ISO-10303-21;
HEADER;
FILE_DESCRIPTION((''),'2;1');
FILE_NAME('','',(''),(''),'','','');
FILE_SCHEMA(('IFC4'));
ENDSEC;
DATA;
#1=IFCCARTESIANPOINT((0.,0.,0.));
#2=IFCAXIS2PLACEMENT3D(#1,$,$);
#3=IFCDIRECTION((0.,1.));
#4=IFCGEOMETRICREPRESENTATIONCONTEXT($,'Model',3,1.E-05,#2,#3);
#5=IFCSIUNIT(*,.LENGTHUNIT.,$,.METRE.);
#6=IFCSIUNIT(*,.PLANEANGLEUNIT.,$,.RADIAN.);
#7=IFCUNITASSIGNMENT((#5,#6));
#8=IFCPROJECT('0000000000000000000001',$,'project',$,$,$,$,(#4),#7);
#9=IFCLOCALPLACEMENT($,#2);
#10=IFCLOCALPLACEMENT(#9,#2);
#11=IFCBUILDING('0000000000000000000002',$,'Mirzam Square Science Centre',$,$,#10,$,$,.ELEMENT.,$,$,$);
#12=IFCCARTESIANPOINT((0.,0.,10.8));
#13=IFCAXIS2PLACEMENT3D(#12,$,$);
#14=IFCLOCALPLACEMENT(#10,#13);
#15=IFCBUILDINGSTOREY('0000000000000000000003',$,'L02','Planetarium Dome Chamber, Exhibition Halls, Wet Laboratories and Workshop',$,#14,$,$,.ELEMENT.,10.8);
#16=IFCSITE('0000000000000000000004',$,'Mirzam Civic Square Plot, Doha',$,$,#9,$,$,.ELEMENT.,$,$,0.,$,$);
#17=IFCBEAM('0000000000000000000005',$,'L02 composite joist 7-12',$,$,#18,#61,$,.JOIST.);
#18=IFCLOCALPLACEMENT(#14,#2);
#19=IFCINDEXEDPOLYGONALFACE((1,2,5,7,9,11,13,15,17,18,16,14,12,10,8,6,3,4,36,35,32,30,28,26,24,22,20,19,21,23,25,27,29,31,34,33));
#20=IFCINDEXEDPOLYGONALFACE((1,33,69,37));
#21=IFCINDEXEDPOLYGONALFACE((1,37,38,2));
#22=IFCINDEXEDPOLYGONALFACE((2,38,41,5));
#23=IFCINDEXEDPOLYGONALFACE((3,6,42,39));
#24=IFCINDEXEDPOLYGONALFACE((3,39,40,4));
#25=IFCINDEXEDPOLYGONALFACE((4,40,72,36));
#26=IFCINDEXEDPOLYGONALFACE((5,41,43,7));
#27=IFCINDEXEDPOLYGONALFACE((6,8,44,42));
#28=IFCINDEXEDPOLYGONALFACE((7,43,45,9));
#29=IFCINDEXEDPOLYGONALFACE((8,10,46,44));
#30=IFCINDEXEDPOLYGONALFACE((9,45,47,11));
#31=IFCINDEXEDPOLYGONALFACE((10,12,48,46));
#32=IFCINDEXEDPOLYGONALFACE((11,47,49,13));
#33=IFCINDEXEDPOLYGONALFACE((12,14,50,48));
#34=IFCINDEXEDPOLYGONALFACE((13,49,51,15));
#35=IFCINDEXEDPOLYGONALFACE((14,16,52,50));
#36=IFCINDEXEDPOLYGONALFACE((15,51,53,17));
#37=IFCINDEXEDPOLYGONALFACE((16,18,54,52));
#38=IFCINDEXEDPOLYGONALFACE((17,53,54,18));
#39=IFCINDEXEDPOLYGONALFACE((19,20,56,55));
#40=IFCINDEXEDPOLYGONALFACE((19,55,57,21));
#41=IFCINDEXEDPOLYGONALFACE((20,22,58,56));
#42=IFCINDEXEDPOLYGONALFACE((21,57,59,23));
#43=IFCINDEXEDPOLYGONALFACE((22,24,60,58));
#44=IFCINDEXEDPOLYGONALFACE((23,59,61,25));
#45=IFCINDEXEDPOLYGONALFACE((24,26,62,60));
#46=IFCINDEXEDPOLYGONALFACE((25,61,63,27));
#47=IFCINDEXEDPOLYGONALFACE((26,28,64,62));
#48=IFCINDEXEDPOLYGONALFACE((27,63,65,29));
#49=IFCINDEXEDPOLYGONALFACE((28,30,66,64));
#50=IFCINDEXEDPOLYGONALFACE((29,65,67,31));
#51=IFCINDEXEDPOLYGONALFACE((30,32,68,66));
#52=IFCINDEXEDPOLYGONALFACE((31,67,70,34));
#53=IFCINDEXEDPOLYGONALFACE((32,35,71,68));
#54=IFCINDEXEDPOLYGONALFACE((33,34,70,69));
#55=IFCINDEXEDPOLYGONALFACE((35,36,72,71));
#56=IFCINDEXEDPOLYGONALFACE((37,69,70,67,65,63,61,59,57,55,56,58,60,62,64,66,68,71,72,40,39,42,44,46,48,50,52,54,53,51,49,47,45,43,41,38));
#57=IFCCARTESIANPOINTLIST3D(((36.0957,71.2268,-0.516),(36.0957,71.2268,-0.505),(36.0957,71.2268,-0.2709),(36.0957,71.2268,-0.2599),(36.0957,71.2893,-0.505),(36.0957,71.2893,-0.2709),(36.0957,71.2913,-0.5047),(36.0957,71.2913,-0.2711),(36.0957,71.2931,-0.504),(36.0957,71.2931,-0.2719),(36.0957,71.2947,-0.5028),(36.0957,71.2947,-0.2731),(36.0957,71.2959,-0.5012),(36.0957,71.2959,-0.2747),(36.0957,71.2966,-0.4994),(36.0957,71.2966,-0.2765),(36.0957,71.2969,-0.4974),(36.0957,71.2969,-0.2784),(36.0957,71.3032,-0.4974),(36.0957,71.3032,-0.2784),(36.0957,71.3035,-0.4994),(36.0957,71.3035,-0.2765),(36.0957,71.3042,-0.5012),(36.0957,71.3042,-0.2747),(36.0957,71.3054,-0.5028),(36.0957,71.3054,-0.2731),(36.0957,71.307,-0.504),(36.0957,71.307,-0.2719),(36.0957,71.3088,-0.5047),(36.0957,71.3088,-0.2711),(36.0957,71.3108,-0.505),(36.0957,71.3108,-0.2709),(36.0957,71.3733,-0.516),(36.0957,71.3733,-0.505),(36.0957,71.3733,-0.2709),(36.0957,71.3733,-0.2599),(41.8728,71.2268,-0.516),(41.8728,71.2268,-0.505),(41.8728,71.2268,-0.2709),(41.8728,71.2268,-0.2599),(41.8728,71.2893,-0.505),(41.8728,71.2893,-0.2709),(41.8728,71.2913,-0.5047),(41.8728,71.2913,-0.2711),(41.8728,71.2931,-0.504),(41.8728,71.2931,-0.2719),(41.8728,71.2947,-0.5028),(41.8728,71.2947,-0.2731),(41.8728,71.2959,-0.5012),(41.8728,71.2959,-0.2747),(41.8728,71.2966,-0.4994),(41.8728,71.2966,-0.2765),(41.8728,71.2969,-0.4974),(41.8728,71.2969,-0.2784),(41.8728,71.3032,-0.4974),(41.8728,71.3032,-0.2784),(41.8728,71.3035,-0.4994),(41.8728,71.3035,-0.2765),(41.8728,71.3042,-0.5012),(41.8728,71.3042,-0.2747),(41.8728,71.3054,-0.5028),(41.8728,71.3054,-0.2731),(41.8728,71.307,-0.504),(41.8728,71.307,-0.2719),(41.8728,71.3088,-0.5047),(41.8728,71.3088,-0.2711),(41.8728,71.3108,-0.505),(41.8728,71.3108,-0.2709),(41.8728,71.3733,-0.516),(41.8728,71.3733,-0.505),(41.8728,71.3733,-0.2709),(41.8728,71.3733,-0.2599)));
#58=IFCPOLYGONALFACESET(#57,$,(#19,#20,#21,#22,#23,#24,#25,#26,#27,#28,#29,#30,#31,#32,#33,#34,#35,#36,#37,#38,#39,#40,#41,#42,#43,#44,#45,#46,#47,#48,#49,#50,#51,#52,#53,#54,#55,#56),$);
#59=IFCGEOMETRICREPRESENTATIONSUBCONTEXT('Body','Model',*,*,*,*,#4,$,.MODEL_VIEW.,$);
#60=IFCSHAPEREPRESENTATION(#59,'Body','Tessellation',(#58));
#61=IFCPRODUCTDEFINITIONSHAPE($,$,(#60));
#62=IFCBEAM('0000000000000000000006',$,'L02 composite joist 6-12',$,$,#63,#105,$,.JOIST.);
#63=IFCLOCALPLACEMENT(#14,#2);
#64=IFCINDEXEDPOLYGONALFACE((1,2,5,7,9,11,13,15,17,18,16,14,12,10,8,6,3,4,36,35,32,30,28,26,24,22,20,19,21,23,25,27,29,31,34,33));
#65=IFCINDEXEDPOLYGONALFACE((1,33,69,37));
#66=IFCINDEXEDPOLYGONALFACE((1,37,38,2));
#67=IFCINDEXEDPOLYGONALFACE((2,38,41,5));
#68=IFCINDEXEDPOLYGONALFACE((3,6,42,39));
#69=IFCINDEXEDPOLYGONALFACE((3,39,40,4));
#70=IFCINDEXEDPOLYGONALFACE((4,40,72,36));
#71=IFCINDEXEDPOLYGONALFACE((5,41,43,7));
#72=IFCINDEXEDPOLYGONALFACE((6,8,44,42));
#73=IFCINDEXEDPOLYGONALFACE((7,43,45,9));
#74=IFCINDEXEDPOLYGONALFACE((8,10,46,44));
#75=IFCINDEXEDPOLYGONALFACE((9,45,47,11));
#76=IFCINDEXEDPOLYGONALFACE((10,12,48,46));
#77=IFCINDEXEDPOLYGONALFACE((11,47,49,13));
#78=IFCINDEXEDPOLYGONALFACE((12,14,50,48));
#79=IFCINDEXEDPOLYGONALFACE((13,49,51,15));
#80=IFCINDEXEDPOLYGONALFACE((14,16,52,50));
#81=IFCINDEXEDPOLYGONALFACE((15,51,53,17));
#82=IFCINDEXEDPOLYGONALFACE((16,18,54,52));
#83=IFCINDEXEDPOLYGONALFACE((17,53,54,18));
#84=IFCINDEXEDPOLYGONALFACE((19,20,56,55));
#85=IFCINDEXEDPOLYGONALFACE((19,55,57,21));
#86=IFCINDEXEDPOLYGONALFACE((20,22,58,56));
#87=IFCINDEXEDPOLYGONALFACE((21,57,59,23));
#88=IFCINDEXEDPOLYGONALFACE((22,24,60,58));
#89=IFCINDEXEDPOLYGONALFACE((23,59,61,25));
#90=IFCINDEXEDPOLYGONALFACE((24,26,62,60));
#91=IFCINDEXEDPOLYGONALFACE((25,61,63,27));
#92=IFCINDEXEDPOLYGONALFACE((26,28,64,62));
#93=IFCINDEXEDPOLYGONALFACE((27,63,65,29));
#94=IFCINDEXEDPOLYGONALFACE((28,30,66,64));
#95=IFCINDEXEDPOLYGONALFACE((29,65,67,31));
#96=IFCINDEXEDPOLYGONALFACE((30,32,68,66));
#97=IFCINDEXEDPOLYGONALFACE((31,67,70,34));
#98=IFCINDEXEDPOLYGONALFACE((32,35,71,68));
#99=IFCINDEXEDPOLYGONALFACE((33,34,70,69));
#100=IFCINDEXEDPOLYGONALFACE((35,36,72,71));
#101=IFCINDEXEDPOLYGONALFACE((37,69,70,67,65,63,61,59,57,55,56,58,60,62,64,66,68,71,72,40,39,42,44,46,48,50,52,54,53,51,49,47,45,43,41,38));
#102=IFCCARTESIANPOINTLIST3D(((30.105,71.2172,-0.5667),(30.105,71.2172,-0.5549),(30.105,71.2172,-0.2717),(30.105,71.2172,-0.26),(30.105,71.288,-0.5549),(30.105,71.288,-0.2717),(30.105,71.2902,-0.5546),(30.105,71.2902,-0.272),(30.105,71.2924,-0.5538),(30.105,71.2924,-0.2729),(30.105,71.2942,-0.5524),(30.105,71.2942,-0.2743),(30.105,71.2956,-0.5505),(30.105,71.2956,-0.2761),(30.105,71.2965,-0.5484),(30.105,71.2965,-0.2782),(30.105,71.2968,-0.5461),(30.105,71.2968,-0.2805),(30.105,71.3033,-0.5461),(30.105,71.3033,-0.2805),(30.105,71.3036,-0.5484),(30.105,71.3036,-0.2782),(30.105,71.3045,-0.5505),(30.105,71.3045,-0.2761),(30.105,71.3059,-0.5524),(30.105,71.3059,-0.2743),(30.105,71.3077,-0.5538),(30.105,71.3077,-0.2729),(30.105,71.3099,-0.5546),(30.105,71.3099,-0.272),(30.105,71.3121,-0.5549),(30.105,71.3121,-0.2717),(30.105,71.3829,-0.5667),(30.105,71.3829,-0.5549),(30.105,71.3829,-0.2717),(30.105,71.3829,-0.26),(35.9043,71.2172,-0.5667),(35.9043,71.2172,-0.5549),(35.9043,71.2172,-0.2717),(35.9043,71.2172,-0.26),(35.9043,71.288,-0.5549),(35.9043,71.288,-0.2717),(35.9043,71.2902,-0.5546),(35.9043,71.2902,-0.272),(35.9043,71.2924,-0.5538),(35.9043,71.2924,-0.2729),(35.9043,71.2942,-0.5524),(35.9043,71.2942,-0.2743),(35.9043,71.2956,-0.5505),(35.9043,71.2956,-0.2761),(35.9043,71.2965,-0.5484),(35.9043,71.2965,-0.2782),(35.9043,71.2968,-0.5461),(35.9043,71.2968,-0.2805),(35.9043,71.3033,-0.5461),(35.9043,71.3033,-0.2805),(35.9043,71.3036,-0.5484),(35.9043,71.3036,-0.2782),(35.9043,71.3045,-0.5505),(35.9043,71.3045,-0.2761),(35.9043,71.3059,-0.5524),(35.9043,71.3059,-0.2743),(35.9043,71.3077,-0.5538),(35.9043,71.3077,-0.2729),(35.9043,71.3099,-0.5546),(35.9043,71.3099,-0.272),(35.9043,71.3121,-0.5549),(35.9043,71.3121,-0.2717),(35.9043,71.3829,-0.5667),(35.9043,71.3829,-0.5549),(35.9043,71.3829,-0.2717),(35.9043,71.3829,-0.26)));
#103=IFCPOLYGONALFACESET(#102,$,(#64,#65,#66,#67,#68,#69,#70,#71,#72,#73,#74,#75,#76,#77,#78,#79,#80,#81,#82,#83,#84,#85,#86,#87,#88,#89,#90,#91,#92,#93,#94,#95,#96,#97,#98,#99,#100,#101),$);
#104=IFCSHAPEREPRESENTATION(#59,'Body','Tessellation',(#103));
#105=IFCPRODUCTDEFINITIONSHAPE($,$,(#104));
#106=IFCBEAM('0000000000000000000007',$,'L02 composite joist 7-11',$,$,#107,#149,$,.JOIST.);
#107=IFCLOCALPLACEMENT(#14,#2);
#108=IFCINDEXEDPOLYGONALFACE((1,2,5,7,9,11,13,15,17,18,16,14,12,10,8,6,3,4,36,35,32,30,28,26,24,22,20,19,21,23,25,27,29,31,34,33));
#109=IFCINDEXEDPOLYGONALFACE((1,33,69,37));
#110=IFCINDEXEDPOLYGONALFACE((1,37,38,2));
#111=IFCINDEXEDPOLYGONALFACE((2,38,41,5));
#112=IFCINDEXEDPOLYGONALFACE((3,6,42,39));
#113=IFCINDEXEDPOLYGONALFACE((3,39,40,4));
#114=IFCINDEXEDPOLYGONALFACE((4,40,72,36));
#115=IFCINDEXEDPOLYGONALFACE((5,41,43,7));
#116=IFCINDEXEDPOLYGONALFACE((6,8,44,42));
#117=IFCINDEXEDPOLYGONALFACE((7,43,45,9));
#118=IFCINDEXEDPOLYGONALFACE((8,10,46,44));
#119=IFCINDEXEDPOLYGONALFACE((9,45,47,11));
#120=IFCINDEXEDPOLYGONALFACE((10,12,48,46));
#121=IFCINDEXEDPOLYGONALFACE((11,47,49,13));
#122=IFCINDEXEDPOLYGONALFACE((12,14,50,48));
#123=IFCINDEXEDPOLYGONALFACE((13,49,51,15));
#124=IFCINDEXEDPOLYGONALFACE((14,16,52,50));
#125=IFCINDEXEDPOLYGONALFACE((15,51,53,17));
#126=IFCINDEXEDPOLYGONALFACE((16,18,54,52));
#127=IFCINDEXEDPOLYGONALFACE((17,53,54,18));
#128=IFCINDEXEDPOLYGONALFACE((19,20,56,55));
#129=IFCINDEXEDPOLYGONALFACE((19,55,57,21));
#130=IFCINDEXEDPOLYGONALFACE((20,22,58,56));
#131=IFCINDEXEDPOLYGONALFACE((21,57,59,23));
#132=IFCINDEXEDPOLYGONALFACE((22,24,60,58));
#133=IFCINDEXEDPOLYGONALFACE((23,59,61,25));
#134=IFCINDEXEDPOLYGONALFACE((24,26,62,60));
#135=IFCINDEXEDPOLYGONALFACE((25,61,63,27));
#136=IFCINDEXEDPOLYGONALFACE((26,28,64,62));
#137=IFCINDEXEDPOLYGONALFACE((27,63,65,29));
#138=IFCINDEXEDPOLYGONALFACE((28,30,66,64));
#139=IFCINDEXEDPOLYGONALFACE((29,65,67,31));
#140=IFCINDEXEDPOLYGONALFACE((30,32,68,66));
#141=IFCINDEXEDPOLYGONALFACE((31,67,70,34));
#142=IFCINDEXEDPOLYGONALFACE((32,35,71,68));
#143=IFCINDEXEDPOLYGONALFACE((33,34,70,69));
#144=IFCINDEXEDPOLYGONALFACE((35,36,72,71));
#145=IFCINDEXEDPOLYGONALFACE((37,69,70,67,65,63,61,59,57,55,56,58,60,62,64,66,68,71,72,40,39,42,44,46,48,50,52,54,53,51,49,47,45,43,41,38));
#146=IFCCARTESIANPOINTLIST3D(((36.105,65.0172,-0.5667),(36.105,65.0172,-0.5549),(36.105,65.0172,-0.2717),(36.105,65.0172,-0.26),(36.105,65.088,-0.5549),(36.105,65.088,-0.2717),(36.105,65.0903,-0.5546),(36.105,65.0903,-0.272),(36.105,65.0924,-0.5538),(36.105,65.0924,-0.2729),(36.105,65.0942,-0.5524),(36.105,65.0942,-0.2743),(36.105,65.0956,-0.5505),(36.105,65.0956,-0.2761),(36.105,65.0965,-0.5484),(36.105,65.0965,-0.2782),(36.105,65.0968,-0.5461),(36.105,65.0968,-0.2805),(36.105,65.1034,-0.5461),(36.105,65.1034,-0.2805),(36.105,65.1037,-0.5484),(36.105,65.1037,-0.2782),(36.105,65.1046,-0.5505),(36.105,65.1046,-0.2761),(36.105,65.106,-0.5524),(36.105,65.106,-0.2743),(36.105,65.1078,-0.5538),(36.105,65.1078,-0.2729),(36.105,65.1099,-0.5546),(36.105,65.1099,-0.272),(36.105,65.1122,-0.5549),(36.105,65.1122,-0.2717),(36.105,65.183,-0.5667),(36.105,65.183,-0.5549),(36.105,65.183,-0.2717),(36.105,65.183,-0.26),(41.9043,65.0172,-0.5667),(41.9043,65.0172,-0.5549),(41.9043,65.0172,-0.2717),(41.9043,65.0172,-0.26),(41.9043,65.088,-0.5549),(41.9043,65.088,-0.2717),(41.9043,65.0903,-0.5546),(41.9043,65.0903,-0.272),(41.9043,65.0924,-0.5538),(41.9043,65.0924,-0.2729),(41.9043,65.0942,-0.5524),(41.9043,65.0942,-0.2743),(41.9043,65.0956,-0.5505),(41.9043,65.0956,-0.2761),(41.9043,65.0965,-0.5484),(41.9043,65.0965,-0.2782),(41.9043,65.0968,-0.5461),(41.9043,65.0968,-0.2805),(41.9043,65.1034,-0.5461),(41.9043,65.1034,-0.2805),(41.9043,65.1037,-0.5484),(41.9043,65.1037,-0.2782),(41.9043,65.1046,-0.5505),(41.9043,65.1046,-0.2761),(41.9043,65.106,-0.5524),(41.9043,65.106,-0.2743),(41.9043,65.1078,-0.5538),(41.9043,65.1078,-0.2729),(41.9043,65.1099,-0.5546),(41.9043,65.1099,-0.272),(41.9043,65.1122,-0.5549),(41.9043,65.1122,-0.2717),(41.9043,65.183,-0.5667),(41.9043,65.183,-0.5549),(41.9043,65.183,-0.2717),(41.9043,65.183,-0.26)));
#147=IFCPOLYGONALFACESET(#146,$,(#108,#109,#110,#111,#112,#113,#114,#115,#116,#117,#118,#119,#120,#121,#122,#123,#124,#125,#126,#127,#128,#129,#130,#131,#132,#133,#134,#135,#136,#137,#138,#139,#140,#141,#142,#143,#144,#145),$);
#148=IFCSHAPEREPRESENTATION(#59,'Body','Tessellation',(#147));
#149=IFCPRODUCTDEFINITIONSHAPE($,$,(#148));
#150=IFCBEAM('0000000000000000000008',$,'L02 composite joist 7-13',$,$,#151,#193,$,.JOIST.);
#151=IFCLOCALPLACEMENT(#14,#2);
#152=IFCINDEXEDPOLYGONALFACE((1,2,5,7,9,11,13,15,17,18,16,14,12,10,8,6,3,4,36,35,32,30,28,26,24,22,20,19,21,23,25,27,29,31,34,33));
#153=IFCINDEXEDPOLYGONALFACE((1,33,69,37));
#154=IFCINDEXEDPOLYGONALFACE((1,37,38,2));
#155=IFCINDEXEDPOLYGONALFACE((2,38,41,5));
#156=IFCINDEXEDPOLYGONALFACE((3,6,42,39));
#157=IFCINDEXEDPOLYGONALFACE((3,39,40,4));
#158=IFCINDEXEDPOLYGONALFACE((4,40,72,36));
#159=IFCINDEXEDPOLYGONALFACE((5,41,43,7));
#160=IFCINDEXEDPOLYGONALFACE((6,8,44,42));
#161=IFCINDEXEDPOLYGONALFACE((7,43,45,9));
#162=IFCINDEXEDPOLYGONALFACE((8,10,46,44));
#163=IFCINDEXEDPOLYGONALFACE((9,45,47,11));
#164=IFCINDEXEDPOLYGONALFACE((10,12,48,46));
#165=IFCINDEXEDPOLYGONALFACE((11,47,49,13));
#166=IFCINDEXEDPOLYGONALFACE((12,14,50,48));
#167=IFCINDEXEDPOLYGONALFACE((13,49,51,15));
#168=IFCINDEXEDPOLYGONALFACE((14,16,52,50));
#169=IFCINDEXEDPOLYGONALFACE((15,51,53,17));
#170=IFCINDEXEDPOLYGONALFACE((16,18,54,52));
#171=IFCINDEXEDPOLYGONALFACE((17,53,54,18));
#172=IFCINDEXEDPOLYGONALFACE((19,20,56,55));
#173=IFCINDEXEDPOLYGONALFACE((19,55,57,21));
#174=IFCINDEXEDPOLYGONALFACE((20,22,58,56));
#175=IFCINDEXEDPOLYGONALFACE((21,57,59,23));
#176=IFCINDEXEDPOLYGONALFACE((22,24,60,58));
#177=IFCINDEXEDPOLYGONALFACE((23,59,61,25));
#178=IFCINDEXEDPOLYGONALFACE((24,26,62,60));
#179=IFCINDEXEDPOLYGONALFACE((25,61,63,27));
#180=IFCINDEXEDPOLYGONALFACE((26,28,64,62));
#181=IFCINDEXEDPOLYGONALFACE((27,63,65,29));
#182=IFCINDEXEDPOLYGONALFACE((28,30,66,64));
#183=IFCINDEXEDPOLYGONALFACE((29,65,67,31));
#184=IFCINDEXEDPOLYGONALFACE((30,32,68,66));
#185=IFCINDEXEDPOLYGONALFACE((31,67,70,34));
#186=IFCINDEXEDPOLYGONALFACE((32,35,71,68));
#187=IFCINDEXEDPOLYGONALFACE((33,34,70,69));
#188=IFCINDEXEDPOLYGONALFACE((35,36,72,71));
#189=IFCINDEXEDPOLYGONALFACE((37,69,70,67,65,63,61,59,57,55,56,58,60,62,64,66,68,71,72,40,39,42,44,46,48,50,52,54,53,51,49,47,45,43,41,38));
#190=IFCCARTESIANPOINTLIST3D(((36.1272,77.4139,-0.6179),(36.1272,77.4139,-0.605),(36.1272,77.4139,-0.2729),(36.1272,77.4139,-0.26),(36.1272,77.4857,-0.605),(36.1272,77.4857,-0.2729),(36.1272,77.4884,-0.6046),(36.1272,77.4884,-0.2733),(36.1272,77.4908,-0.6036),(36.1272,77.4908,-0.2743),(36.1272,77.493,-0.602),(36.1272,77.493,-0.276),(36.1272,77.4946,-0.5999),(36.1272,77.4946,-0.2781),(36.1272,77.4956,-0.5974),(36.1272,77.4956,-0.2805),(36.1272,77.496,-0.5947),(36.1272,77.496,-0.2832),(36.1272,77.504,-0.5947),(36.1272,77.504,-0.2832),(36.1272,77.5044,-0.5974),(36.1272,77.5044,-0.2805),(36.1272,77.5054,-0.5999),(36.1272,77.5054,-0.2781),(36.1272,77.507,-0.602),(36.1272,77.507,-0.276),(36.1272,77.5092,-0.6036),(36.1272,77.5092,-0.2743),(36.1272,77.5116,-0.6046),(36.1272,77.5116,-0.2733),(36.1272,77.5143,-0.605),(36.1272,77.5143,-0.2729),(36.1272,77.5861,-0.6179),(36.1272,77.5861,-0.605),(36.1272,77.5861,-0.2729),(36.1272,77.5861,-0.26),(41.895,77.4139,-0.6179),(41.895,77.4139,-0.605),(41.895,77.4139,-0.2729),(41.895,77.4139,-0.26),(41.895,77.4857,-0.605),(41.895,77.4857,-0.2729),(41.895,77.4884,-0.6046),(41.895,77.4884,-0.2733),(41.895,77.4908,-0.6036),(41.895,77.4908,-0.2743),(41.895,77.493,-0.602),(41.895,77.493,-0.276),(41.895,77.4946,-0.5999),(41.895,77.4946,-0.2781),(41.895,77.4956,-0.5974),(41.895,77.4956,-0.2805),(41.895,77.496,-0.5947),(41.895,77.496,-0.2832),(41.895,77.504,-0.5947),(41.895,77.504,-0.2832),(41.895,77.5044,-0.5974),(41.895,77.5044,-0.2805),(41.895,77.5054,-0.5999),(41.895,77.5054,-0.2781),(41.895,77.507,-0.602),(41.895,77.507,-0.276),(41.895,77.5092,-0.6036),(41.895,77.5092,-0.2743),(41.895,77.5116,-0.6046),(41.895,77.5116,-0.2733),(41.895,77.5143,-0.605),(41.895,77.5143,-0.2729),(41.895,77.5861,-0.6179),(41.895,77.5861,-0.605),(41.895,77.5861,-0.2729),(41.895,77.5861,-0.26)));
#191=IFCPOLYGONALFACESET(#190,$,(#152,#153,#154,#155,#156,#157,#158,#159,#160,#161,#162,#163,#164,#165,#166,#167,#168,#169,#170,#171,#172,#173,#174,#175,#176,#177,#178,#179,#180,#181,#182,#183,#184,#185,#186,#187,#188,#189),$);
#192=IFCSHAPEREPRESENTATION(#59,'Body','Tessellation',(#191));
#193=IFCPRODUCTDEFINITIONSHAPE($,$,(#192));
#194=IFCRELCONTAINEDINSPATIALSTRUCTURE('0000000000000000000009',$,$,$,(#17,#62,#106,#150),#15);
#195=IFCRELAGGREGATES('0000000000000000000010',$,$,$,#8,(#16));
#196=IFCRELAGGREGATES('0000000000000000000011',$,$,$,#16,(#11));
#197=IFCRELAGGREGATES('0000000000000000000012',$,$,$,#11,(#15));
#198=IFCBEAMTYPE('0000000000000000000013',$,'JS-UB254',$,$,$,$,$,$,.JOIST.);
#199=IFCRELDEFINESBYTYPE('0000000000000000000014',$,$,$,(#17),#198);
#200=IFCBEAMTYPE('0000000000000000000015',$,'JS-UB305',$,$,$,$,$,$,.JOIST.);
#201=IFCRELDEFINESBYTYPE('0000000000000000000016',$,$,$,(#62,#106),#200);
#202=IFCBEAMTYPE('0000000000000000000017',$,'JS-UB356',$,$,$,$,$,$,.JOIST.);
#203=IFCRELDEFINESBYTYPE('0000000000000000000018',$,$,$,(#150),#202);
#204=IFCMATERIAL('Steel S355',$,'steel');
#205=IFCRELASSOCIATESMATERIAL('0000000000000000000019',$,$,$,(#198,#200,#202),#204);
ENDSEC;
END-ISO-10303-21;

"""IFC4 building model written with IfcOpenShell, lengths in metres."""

from ifc_helpers import new_model, si_unit, direction, frame, origin, origin_2d, place, context, subcontext, project, spatial, i_section, extrude, material, material_profile, profile_set, type_object, element, save


model = new_model("IFC4")

# Units and contexts
model_context = context("Model", 3, precision=1e-05, world=origin(), true_north=direction((0.0, 1.0)))
body_context = subcontext(model_context, "Body", "Model", "MODEL_VIEW")
ifc_project = project(units=[si_unit("LENGTHUNIT", "METRE"), si_unit("PLANEANGLEUNIT", "RADIAN")], contexts=[model_context])

# Site, building, storey
site_placement = place(None, origin())
site = spatial("IfcSite", under=ifc_project, at=site_placement, Name="Mirzam Civic Square Plot, Doha", CompositionType="ELEMENT", RefElevation=0.0)
building_placement = place(site_placement, origin())
building = spatial("IfcBuilding", under=site, at=building_placement, Name="Mirzam Square Science Centre", CompositionType="ELEMENT")
storey_placement = place(building_placement, frame((0.0, 0.0, 10.8)))
storey = spatial("IfcBuildingStorey", under=building, at=storey_placement, Name="L02", Description="Planetarium Dome Chamber, Exhibition Halls, Wet Laboratories and Workshop", CompositionType="ELEMENT", Elevation=10.8)

# Shared definitions
ifc_material_1 = material(Name="Steel S355", Category="steel")

# Beams
ifc_material_profile_1 = material_profile(ifc_material_1, i_section(OverallWidth=0.1465, OverallDepth=0.2561, WebThickness=0.0063, FlangeThickness=0.011, FilletRadius=0.0076, at=origin_2d()), Name="254x146x37UB")
ifc_profile_set_1 = profile_set([ifc_material_profile_1], Name="Steel S355")
beam_type_1 = type_object("IfcBeamType", Name="JS-UB254", PredefinedType="JOIST", material=ifc_profile_set_1)
for number, where, z_axis, x_axis, name in (
    (1, (36.0957, 71.3, -0.3879), (1.0, 0.0, 0.0), (0.0, 1.0, 0.0), "L02 composite joist 7-12"),
):
    element("IfcBeam", number, at=place(storey_placement, frame(where, z_axis=z_axis, x_axis=x_axis)), inside=storey, type_object=beam_type_1, Name=name, PredefinedType="JOIST", context=body_context, shape_type="SweptSolid", body=[
        extrude(i_section(OverallWidth=0.1465, OverallDepth=0.2561, WebThickness=0.0063, FlangeThickness=0.011, FilletRadius=0.0076, at=origin_2d()), origin(), (0.0, 0.0, 1.0), 5.7771),
    ])
ifc_material_profile_2 = material_profile(ifc_material_1, i_section(OverallWidth=0.1658, OverallDepth=0.3066, WebThickness=0.0066, FlangeThickness=0.0117, FilletRadius=0.0088, at=origin_2d()), Name="305x165x46UB")
ifc_profile_set_2 = profile_set([ifc_material_profile_2], Name="Steel S355")
beam_type_2 = type_object("IfcBeamType", Name="JS-UB305", PredefinedType="JOIST", material=ifc_profile_set_2)
for number, where, z_axis, x_axis, name in (
    (2, (30.105, 71.3, -0.4133), (1.0, 0.0, 0.0), (0.0, 1.0, 0.0), "L02 composite joist 6-12"),
    (3, (36.105, 65.1001, -0.4133), (1.0, 0.0, 0.0), (0.0, 1.0, 0.0), "L02 composite joist 7-11"),
):
    element("IfcBeam", number, at=place(storey_placement, frame(where, z_axis=z_axis, x_axis=x_axis)), inside=storey, type_object=beam_type_2, Name=name, PredefinedType="JOIST", context=body_context, shape_type="SweptSolid", body=[
        extrude(i_section(OverallWidth=0.1658, OverallDepth=0.3066, WebThickness=0.0066, FlangeThickness=0.0117, FilletRadius=0.0088, at=origin_2d()), origin(), (0.0, 0.0, 1.0), 5.7993),
    ])
ifc_material_profile_3 = material_profile(ifc_material_1, i_section(OverallWidth=0.1721, OverallDepth=0.3579, WebThickness=0.0081, FlangeThickness=0.0129, FilletRadius=0.0103, at=origin_2d()), Name="356x171x57UB")
ifc_profile_set_3 = profile_set([ifc_material_profile_3], Name="Steel S355")
beam_type_3 = type_object("IfcBeamType", Name="JS-UB356", PredefinedType="JOIST", material=ifc_profile_set_3)
beam_1_placement = place(storey_placement, frame((36.1272, 77.5, -0.439), z_axis=(1.0, 0.0, 0.0), x_axis=(0.0, 1.0, 0.0)))
element("IfcBeam", 4, at=beam_1_placement, inside=storey, type_object=beam_type_3, Name="L02 composite joist 7-13", PredefinedType="JOIST", context=body_context, shape_type="SweptSolid", body=[
    extrude(i_section(OverallWidth=0.1721, OverallDepth=0.3579, WebThickness=0.0081, FlangeThickness=0.0129, FilletRadius=0.0103, at=origin_2d()), origin(), (0.0, 0.0, 1.0), 5.7678),
])

save(model, "model.ifc")
